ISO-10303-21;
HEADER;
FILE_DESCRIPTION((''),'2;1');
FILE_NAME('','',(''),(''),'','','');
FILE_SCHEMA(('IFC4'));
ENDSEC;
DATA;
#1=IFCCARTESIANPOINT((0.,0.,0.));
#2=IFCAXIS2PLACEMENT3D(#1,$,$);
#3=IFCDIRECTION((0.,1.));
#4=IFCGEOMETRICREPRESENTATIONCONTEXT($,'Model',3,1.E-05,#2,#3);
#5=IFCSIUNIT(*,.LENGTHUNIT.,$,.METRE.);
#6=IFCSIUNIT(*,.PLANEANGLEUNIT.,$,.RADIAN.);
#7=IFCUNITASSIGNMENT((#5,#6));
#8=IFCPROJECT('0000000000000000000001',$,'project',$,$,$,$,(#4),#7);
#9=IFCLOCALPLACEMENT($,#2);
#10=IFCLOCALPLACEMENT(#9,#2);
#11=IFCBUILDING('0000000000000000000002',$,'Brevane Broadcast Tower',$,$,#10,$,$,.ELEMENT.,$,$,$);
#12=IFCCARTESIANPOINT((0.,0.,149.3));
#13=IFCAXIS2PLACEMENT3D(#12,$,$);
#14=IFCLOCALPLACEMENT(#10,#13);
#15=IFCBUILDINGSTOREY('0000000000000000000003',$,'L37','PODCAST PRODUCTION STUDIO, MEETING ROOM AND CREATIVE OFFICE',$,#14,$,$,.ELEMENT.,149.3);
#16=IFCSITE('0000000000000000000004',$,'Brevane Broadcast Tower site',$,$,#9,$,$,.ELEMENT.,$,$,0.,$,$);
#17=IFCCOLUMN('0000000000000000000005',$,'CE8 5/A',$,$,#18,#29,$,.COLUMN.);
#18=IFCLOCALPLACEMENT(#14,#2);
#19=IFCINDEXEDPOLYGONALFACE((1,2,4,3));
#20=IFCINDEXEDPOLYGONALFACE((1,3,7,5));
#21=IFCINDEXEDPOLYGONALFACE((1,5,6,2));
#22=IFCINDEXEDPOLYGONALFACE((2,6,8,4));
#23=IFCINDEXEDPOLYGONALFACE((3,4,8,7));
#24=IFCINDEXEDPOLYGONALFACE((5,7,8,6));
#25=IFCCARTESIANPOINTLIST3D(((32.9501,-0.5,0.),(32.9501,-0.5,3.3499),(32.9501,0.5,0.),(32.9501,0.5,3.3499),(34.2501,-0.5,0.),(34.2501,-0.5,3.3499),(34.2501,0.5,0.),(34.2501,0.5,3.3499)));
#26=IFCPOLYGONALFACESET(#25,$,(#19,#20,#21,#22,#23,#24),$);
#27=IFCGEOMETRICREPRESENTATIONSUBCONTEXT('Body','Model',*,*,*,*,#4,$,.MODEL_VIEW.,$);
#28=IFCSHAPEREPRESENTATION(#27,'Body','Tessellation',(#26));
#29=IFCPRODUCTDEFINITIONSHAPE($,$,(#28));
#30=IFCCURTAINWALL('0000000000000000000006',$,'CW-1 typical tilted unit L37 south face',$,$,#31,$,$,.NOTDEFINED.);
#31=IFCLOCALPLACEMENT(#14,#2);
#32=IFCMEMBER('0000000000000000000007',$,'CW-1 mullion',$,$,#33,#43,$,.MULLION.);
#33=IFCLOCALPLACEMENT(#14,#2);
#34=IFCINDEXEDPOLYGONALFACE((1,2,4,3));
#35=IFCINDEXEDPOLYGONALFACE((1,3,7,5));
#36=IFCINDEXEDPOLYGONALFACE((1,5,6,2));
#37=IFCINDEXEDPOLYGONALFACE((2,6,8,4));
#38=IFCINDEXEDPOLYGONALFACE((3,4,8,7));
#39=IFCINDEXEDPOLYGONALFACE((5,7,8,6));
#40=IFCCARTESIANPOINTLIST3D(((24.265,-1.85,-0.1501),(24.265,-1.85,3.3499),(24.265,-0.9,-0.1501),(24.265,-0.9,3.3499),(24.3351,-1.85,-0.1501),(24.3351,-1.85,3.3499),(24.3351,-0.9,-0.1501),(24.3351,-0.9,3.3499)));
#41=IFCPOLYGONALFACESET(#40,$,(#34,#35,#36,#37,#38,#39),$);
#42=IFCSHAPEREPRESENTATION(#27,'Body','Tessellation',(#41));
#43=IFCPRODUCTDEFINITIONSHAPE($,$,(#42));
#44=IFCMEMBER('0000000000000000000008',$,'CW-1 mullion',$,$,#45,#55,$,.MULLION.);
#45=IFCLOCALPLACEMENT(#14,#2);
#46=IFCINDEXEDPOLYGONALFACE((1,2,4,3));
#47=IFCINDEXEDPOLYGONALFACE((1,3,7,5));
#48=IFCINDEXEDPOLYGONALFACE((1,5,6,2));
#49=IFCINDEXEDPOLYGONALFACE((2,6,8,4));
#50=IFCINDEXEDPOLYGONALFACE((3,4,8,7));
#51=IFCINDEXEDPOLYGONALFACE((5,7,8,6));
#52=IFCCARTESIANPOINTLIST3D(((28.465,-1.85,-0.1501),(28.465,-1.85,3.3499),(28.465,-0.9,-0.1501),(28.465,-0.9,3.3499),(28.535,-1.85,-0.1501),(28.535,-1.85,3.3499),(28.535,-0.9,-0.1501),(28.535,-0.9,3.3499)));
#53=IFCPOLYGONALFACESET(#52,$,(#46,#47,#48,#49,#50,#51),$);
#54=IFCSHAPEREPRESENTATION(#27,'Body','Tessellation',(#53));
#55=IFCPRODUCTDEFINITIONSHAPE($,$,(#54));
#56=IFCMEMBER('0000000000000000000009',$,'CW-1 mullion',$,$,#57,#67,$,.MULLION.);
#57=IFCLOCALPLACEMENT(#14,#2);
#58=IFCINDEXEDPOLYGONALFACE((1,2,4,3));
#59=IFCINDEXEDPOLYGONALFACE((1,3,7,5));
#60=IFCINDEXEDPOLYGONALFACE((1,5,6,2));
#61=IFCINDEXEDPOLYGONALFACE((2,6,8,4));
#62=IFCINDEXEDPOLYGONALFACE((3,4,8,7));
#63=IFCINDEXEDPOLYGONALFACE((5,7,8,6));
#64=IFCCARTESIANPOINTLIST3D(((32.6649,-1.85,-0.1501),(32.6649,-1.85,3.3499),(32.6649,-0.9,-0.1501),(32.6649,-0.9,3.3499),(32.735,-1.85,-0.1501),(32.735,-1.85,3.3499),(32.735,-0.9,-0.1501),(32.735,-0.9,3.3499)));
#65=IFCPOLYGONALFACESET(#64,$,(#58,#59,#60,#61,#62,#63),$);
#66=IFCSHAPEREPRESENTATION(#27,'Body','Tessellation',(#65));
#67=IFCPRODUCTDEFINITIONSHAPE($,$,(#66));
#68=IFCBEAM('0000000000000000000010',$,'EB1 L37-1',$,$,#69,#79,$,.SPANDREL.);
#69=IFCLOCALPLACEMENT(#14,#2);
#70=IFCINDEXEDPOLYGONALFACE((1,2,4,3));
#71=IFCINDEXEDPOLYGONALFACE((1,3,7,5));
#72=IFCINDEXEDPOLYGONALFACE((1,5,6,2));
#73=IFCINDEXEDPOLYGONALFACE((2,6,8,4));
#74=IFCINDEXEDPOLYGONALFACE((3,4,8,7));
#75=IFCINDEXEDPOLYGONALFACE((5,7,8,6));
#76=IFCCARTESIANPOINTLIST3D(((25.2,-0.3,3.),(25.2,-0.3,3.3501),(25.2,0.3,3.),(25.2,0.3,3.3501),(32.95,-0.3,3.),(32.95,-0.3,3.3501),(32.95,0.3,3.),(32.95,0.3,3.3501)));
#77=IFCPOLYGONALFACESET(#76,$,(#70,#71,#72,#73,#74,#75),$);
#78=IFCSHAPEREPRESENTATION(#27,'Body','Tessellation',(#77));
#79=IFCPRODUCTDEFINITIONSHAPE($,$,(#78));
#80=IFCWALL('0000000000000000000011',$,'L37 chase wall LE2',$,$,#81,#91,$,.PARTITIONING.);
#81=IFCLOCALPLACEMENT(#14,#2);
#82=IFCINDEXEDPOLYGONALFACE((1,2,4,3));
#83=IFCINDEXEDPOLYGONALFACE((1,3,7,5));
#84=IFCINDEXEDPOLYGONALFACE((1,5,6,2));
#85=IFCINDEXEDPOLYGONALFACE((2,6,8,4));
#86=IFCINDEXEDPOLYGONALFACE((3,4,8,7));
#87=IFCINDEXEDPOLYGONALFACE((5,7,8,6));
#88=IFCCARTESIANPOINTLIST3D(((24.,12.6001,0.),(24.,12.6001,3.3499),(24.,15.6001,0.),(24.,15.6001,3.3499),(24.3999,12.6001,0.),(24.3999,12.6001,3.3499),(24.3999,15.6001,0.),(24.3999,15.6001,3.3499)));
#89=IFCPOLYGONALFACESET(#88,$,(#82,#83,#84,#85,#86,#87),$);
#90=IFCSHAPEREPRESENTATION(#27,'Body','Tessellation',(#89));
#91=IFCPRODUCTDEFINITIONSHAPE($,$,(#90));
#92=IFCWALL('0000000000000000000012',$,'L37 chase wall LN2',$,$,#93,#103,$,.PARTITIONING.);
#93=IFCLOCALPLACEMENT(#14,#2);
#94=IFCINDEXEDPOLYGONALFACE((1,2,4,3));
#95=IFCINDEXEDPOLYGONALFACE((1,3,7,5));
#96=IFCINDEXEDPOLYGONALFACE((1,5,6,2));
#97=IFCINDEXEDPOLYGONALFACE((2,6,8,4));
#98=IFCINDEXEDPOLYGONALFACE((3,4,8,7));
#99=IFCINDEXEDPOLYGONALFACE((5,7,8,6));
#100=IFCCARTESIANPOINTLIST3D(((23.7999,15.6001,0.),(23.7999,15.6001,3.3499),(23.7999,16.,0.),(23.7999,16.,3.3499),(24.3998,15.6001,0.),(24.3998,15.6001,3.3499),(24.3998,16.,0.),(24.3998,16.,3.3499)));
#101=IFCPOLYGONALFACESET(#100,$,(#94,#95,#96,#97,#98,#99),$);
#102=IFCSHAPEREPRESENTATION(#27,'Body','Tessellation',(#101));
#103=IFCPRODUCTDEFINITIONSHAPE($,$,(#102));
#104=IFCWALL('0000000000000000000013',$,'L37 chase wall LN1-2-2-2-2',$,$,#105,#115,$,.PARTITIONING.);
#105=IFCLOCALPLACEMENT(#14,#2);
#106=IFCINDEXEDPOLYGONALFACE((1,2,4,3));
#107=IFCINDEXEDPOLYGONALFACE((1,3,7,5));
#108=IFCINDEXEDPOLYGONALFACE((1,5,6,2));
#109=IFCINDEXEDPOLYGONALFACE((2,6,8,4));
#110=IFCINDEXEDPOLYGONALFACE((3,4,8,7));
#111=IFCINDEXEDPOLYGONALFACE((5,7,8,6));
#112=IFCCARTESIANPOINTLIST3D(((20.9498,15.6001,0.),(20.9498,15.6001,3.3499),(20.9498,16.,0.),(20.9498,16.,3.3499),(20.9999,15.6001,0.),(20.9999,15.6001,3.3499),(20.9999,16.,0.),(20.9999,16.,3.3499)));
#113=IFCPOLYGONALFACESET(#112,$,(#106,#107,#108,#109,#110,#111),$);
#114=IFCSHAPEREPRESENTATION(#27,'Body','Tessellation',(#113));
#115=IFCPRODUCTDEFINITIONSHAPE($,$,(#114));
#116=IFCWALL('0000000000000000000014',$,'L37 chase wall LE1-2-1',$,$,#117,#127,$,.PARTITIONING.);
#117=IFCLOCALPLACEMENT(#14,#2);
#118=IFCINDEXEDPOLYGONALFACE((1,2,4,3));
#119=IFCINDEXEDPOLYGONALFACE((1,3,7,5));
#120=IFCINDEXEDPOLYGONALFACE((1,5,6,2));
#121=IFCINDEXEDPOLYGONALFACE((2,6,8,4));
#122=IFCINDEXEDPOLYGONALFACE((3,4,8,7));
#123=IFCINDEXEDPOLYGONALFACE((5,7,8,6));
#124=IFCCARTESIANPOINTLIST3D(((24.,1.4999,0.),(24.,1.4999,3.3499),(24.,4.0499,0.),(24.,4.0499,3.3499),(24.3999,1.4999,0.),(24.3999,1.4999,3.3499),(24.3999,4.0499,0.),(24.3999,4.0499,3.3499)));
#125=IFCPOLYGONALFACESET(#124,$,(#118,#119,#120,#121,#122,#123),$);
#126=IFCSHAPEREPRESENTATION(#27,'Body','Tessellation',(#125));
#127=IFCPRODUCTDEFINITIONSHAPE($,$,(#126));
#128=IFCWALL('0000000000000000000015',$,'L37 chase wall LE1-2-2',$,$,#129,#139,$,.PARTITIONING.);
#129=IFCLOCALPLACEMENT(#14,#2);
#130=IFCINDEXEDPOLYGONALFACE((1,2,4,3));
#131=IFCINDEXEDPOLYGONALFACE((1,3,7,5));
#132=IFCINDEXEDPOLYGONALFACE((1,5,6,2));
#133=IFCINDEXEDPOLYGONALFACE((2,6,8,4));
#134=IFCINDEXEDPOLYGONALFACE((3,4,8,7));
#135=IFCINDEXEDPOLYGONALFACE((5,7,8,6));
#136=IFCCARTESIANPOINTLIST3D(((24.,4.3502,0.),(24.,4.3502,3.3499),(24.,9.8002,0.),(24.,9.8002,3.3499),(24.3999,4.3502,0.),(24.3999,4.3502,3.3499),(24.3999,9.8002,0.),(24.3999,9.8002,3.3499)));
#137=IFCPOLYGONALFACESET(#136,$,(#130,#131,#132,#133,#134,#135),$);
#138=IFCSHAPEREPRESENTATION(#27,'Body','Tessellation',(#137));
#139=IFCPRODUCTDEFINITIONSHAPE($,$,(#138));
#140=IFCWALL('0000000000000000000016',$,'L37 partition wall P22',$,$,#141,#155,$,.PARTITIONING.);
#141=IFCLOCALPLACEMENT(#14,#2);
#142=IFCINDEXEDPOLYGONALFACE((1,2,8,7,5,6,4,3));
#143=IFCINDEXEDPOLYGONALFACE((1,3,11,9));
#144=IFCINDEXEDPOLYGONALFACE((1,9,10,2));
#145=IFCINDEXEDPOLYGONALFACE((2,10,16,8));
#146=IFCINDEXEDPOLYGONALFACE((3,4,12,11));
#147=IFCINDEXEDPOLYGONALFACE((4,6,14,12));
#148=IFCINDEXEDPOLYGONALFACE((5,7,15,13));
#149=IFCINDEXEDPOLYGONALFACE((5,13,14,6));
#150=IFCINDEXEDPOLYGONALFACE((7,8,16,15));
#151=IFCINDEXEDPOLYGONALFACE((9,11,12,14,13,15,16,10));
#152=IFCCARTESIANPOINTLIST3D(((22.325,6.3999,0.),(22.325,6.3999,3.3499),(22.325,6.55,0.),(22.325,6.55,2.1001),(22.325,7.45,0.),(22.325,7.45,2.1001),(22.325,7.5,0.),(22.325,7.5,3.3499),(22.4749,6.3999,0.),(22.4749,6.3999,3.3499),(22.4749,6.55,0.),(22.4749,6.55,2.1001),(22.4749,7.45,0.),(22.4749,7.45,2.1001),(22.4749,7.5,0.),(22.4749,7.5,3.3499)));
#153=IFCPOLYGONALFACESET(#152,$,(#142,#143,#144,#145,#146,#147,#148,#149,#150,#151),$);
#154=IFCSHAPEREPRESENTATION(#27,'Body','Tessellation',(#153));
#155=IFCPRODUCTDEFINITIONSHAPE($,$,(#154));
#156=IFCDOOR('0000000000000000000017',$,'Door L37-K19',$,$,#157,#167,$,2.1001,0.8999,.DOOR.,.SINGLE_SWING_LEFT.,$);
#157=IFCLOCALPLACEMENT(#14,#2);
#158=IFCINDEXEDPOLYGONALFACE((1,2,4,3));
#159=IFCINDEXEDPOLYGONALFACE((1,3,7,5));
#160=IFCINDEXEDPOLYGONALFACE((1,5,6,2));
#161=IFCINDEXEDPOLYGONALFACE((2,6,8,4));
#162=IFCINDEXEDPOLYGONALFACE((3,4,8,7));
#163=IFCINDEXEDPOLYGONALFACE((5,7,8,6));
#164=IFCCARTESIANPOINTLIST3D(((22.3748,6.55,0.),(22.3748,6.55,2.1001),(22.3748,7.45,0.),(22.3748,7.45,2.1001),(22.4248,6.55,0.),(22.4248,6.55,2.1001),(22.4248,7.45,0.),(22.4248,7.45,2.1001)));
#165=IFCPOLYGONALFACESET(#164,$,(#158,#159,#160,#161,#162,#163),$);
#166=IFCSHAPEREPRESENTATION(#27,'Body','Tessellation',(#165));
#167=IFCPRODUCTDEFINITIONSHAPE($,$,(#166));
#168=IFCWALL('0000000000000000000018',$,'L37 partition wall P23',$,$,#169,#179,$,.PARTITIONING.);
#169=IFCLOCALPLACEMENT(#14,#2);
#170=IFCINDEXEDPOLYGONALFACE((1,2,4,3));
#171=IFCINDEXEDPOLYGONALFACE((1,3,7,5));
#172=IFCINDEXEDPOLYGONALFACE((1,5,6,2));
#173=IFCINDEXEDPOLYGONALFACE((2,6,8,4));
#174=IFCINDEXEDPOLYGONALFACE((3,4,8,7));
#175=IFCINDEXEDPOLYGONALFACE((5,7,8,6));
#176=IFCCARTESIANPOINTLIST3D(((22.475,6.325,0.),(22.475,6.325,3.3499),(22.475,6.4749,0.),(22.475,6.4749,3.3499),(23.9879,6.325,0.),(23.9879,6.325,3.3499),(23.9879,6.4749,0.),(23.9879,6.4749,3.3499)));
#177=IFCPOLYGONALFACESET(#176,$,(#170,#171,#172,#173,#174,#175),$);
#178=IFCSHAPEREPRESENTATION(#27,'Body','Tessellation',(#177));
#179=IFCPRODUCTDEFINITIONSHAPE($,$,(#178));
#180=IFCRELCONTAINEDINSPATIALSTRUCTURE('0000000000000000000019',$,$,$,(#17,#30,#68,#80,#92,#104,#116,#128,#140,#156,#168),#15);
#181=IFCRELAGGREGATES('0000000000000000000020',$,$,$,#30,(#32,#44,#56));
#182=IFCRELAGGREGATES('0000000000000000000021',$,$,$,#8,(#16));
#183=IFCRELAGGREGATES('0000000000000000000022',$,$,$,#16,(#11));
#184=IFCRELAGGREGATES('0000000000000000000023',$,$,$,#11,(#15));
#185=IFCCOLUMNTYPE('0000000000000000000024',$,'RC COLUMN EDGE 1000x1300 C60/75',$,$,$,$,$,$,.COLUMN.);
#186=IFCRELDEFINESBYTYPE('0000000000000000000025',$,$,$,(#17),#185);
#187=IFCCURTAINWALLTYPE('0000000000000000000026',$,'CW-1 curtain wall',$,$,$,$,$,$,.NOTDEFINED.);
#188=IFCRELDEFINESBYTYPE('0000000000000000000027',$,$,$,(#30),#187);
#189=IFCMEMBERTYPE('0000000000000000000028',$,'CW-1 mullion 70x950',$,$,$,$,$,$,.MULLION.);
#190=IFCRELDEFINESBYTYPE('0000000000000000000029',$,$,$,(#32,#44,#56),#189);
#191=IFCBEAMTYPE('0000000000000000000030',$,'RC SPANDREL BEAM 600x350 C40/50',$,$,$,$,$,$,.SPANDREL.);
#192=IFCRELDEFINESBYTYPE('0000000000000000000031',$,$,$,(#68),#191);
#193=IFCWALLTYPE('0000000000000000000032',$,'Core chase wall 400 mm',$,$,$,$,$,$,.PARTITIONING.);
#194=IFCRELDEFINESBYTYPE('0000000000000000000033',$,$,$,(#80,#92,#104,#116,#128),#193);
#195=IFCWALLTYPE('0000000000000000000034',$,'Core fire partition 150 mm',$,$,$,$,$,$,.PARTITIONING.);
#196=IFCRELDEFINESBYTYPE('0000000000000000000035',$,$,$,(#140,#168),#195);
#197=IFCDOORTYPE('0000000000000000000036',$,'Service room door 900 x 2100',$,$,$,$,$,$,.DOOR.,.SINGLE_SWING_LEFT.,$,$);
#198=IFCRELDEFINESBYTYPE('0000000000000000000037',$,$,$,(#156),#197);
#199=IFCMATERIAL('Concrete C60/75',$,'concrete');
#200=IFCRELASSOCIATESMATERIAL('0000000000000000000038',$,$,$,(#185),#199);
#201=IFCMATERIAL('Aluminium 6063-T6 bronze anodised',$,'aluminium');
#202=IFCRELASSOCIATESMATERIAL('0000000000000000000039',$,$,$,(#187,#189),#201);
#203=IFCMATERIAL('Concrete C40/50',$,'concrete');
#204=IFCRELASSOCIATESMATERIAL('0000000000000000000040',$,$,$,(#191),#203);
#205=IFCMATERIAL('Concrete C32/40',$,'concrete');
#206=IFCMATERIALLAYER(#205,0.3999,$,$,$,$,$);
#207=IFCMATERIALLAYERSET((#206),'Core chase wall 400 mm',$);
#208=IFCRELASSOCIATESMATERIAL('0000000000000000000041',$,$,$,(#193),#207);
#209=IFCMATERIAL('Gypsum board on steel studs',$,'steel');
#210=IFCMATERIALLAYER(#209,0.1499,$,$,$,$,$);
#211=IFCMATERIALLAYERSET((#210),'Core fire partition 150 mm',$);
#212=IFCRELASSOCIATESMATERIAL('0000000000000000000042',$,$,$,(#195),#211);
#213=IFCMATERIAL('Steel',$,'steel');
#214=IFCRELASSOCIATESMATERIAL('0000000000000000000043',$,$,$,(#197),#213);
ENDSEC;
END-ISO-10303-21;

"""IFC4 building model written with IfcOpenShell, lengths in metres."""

from ifc_helpers import new_model, si_unit, direction, frame, frame_2d, origin, origin_2d, place, context, subcontext, project, spatial, rectangle, extrude, material, layer, layer_set, material_profile, profile_set, type_object, element, fill, aggregate, save


model = new_model("IFC4")

# Units and contexts
model_context = context("Model", 3, precision=1e-05, world=origin(), true_north=direction((0.0, 1.0)))
body_context = subcontext(model_context, "Body", "Model", "MODEL_VIEW")
ifc_project = project(units=[si_unit("LENGTHUNIT", "METRE"), si_unit("PLANEANGLEUNIT", "RADIAN")], contexts=[model_context])

# Site, building, storey
site_placement = place(None, origin())
site = spatial("IfcSite", under=ifc_project, at=site_placement, Name="Brevane Broadcast Tower site", CompositionType="ELEMENT", RefElevation=0.0)
building_placement = place(site_placement, origin())
building = spatial("IfcBuilding", under=site, at=building_placement, Name="Brevane Broadcast Tower", CompositionType="ELEMENT")
storey_placement = place(building_placement, frame((0.0, 0.0, 149.3)))
storey = spatial("IfcBuildingStorey", under=building, at=storey_placement, Name="L37", Description="PODCAST PRODUCTION STUDIO, MEETING ROOM AND CREATIVE OFFICE", CompositionType="ELEMENT", Elevation=149.3)

# Column
ifc_material_1 = material(Name="Concrete C60/75", Category="concrete")
ifc_material_profile_1 = material_profile(ifc_material_1, rectangle(XDim=1.0, YDim=1.3, at=origin_2d()), Name="RC 1000x1300")
ifc_profile_set_1 = profile_set([ifc_material_profile_1], Name="Concrete C60/75")
column_type = type_object("IfcColumnType", Name="RC COLUMN EDGE 1000x1300 C60/75", PredefinedType="COLUMN", material=ifc_profile_set_1)
column_placement = place(storey_placement, frame((33.6001, 0.0, 0.0), z_axis=(0.0, 0.0, 1.0), x_axis=(0.0, 1.0, 0.0)))
element("IfcColumn", 1, at=column_placement, inside=storey, type_object=column_type, Name="CE8 5/A", PredefinedType="COLUMN", context=body_context, shape_type="SweptSolid", body=[
    extrude(rectangle(XDim=1.0, YDim=1.3, at=origin_2d()), origin(), (0.0, 0.0, 1.0), 3.3499),
])

# Curtain wall, members
ifc_material_2 = material(Name="Aluminium 6063-T6 bronze anodised", Category="aluminium")
curtain_wall_type = type_object("IfcCurtainWallType", Name="CW-1 curtain wall", PredefinedType="NOTDEFINED", material=ifc_material_2)
curtain_wall_placement = place(storey_placement, origin())
curtain_wall = element("IfcCurtainWall", 2, at=curtain_wall_placement, inside=storey, type_object=curtain_wall_type, Name="CW-1 typical tilted unit L37 south face", PredefinedType="NOTDEFINED")
ifc_material_profile_2 = material_profile(ifc_material_2, rectangle(XDim=0.95, YDim=0.0701, at=origin_2d()), Name="RECT 70x950")
ifc_profile_set_2 = profile_set([ifc_material_profile_2], Name="Aluminium 6063-T6 bronze anodised")
member_type = type_object("IfcMemberType", Name="CW-1 mullion 70x950", PredefinedType="MULLION", material=ifc_profile_set_2)
member_1_placement = place(storey_placement, frame((24.3, -1.375, -0.1501), z_axis=(0.0, 0.0, 1.0), x_axis=(0.0, 1.0, 0.0)))
member_1 = element("IfcMember", 3, at=member_1_placement, type_object=member_type, Name="CW-1 mullion", PredefinedType="MULLION", context=body_context, shape_type="SweptSolid", body=[
    extrude(rectangle(XDim=0.95, YDim=0.0701, at=origin_2d()), origin(), (0.0, 0.0, 1.0), 3.5),
])
member_2_placement = place(storey_placement, frame((28.5, -1.375, -0.1501), z_axis=(0.0, 0.0, 1.0), x_axis=(0.0, 1.0, 0.0)))
member_2 = element("IfcMember", 4, at=member_2_placement, type_object=member_type, Name="CW-1 mullion", PredefinedType="MULLION", context=body_context, shape_type="SweptSolid", body=[
    extrude(rectangle(XDim=0.95, YDim=0.0701, at=origin_2d()), origin(), (0.0, 0.0, 1.0), 3.5),
])
member_3_placement = place(storey_placement, frame((32.7, -1.375, -0.1501), z_axis=(0.0, 0.0, 1.0), x_axis=(0.0, 1.0, 0.0)))
member_3 = element("IfcMember", 5, at=member_3_placement, type_object=member_type, Name="CW-1 mullion", PredefinedType="MULLION", context=body_context, shape_type="SweptSolid", body=[
    extrude(rectangle(XDim=0.95, YDim=0.0701, at=origin_2d()), origin(), (0.0, 0.0, 1.0), 3.5),
])
aggregate(curtain_wall, [member_1, member_2, member_3])

# Beam
ifc_material_3 = material(Name="Concrete C40/50", Category="concrete")
ifc_material_profile_3 = material_profile(ifc_material_3, rectangle(XDim=0.6001, YDim=0.3501, at=origin_2d()), Name="RC 600x350")
ifc_profile_set_3 = profile_set([ifc_material_profile_3], Name="Concrete C40/50")
beam_type = type_object("IfcBeamType", Name="RC SPANDREL BEAM 600x350 C40/50", PredefinedType="SPANDREL", material=ifc_profile_set_3)
beam_placement = place(storey_placement, frame((25.2, 0.0, 3.175), z_axis=(1.0, 0.0, 0.0), x_axis=(0.0, 1.0, 0.0)))
element("IfcBeam", 6, at=beam_placement, inside=storey, type_object=beam_type, Name="EB1 L37-1", PredefinedType="SPANDREL", context=body_context, shape_type="SweptSolid", body=[
    extrude(rectangle(XDim=0.6001, YDim=0.3501, at=origin_2d()), origin(), (0.0, 0.0, 1.0), 7.75),
])

# Walls
ifc_material_4 = material(Name="Concrete C32/40", Category="concrete")
ifc_layer_1 = layer(ifc_material_4, 0.3999)
ifc_layer_set_1 = layer_set([ifc_layer_1], Name="Core chase wall 400 mm")
wall_type_1 = type_object("IfcWallType", Name="Core chase wall 400 mm", PredefinedType="PARTITIONING", material=ifc_layer_set_1)
wall_1_placement = place(storey_placement, frame((24.2, 12.6001, 0.0), z_axis=(0.0, 0.0, 1.0), x_axis=(0.0, 1.0, 0.0)))
element("IfcWall", 7, at=wall_1_placement, inside=storey, type_object=wall_type_1, Name="L37 chase wall LE2", PredefinedType="PARTITIONING", context=body_context, shape_type="SweptSolid", body=[
    extrude(rectangle(XDim=3.0, YDim=0.3999, at=frame_2d((1.5, 0.0))), origin(), (0.0, 0.0, 1.0), 3.3499),
])
wall_2_placement = place(storey_placement, frame((23.8, 15.8, 0.0), z_axis=(0.0, 0.0, 1.0), x_axis=(1.0, 0.0, 0.0)))
element("IfcWall", 8, at=wall_2_placement, inside=storey, type_object=wall_type_1, Name="L37 chase wall LN2", PredefinedType="PARTITIONING", context=body_context, shape_type="SweptSolid", body=[
    extrude(rectangle(XDim=0.5999, YDim=0.3999, at=frame_2d((0.2998, 0.0))), origin(), (0.0, 0.0, 1.0), 3.3499),
])
wall_3_placement = place(storey_placement, frame((20.95, 15.8, 0.0), z_axis=(0.0, 0.0, 1.0), x_axis=(1.0, 0.0, 0.0)))
element("IfcWall", 9, at=wall_3_placement, inside=storey, type_object=wall_type_1, Name="L37 chase wall LN1-2-2-2-2", PredefinedType="PARTITIONING", context=body_context, shape_type="SweptSolid", body=[
    extrude(rectangle(XDim=0.05, YDim=0.3999, at=frame_2d((0.0249, 0.0))), origin(), (0.0, 0.0, 1.0), 3.3499),
])
wall_4_placement = place(storey_placement, frame((24.2, 1.5, 0.0), z_axis=(0.0, 0.0, 1.0), x_axis=(0.0, 1.0, 0.0)))
element("IfcWall", 10, at=wall_4_placement, inside=storey, type_object=wall_type_1, Name="L37 chase wall LE1-2-1", PredefinedType="PARTITIONING", context=body_context, shape_type="SweptSolid", body=[
    extrude(rectangle(XDim=2.55, YDim=0.3999, at=frame_2d((1.2749, 0.0))), origin(), (0.0, 0.0, 1.0), 3.3499),
])
wall_5_placement = place(storey_placement, frame((24.2, 4.3501, 0.0), z_axis=(0.0, 0.0, 1.0), x_axis=(0.0, 1.0, 0.0)))
element("IfcWall", 11, at=wall_5_placement, inside=storey, type_object=wall_type_1, Name="L37 chase wall LE1-2-2", PredefinedType="PARTITIONING", context=body_context, shape_type="SweptSolid", body=[
    extrude(rectangle(XDim=5.45, YDim=0.3999, at=frame_2d((2.7251, 0.0))), origin(), (0.0, 0.0, 1.0), 3.3499),
])

# Wall, opening, door
ifc_material_5 = material(Name="Gypsum board on steel studs", Category="steel")
ifc_layer_2 = layer(ifc_material_5, 0.1499)
ifc_layer_set_2 = layer_set([ifc_layer_2], Name="Core fire partition 150 mm")
wall_type_2 = type_object("IfcWallType", Name="Core fire partition 150 mm", PredefinedType="PARTITIONING", material=ifc_layer_set_2)
wall_6_placement = place(storey_placement, frame((22.3999, 7.5, 0.0), z_axis=(0.0, 0.0, 1.0), x_axis=(0.0, -1.0, 0.0)))
wall_6 = element("IfcWall", 12, at=wall_6_placement, inside=storey, type_object=wall_type_2, Name="L37 partition wall P22", PredefinedType="PARTITIONING", context=body_context, shape_type="SweptSolid", body=[
    extrude(rectangle(XDim=1.1001, YDim=0.1499, at=frame_2d((0.55, 0.0))), origin(), (0.0, 0.0, 1.0), 3.3499),
])
opening_1_placement = place(wall_6_placement, frame((0.05, 0.0, 0.0)))
opening_1 = element("IfcOpeningElement", 13, at=opening_1_placement, cuts=wall_6, PredefinedType="OPENING", context=body_context, shape_type="SweptSolid", body=[
    extrude(rectangle(XDim=0.8999, YDim=2.1001, at=frame_2d((0.45, 1.05))), frame((0.0, 0.085, 0.0), z_axis=(0.0, -1.0, 0.0), x_axis=(1.0, 0.0, 0.0)), (0.0, 0.0, 1.0), 0.1699),
])
ifc_material_6 = material(Name="Steel", Category="steel")
door_type_1 = type_object("IfcDoorType", Name="Service room door 900 x 2100", OperationType="SINGLE_SWING_LEFT", PredefinedType="DOOR", material=ifc_material_6)
door_1_placement = place(opening_1_placement, origin())
door_1 = element("IfcDoor", 14, at=door_1_placement, inside=storey, type_object=door_type_1, Name="Door L37-K19", OperationType="SINGLE_SWING_LEFT", OverallHeight=2.1001, OverallWidth=0.8999, PredefinedType="DOOR", context=body_context, shape_type="SweptSolid", body=[
    extrude(rectangle(XDim=0.8999, YDim=2.1001, at=frame_2d((0.45, 1.05))), frame((0.0, 0.0249, 0.0), z_axis=(0.0, -1.0, 0.0), x_axis=(1.0, 0.0, 0.0)), (0.0, 0.0, 1.0), 0.05),
])
fill(opening_1, door_1)

# Wall
wall_7_placement = place(storey_placement, frame((22.4751, 6.3999, 0.0), z_axis=(0.0, 0.0, 1.0), x_axis=(1.0, 0.0, 0.0)))
element("IfcWall", 15, at=wall_7_placement, inside=storey, type_object=wall_type_2, Name="L37 partition wall P23", PredefinedType="PARTITIONING", context=body_context, shape_type="SweptSolid", body=[
    extrude(rectangle(XDim=1.5129, YDim=0.1499, at=frame_2d((0.7563, 0.0))), origin(), (0.0, 0.0, 1.0), 3.3499),
])

save(model, "model.ifc")
